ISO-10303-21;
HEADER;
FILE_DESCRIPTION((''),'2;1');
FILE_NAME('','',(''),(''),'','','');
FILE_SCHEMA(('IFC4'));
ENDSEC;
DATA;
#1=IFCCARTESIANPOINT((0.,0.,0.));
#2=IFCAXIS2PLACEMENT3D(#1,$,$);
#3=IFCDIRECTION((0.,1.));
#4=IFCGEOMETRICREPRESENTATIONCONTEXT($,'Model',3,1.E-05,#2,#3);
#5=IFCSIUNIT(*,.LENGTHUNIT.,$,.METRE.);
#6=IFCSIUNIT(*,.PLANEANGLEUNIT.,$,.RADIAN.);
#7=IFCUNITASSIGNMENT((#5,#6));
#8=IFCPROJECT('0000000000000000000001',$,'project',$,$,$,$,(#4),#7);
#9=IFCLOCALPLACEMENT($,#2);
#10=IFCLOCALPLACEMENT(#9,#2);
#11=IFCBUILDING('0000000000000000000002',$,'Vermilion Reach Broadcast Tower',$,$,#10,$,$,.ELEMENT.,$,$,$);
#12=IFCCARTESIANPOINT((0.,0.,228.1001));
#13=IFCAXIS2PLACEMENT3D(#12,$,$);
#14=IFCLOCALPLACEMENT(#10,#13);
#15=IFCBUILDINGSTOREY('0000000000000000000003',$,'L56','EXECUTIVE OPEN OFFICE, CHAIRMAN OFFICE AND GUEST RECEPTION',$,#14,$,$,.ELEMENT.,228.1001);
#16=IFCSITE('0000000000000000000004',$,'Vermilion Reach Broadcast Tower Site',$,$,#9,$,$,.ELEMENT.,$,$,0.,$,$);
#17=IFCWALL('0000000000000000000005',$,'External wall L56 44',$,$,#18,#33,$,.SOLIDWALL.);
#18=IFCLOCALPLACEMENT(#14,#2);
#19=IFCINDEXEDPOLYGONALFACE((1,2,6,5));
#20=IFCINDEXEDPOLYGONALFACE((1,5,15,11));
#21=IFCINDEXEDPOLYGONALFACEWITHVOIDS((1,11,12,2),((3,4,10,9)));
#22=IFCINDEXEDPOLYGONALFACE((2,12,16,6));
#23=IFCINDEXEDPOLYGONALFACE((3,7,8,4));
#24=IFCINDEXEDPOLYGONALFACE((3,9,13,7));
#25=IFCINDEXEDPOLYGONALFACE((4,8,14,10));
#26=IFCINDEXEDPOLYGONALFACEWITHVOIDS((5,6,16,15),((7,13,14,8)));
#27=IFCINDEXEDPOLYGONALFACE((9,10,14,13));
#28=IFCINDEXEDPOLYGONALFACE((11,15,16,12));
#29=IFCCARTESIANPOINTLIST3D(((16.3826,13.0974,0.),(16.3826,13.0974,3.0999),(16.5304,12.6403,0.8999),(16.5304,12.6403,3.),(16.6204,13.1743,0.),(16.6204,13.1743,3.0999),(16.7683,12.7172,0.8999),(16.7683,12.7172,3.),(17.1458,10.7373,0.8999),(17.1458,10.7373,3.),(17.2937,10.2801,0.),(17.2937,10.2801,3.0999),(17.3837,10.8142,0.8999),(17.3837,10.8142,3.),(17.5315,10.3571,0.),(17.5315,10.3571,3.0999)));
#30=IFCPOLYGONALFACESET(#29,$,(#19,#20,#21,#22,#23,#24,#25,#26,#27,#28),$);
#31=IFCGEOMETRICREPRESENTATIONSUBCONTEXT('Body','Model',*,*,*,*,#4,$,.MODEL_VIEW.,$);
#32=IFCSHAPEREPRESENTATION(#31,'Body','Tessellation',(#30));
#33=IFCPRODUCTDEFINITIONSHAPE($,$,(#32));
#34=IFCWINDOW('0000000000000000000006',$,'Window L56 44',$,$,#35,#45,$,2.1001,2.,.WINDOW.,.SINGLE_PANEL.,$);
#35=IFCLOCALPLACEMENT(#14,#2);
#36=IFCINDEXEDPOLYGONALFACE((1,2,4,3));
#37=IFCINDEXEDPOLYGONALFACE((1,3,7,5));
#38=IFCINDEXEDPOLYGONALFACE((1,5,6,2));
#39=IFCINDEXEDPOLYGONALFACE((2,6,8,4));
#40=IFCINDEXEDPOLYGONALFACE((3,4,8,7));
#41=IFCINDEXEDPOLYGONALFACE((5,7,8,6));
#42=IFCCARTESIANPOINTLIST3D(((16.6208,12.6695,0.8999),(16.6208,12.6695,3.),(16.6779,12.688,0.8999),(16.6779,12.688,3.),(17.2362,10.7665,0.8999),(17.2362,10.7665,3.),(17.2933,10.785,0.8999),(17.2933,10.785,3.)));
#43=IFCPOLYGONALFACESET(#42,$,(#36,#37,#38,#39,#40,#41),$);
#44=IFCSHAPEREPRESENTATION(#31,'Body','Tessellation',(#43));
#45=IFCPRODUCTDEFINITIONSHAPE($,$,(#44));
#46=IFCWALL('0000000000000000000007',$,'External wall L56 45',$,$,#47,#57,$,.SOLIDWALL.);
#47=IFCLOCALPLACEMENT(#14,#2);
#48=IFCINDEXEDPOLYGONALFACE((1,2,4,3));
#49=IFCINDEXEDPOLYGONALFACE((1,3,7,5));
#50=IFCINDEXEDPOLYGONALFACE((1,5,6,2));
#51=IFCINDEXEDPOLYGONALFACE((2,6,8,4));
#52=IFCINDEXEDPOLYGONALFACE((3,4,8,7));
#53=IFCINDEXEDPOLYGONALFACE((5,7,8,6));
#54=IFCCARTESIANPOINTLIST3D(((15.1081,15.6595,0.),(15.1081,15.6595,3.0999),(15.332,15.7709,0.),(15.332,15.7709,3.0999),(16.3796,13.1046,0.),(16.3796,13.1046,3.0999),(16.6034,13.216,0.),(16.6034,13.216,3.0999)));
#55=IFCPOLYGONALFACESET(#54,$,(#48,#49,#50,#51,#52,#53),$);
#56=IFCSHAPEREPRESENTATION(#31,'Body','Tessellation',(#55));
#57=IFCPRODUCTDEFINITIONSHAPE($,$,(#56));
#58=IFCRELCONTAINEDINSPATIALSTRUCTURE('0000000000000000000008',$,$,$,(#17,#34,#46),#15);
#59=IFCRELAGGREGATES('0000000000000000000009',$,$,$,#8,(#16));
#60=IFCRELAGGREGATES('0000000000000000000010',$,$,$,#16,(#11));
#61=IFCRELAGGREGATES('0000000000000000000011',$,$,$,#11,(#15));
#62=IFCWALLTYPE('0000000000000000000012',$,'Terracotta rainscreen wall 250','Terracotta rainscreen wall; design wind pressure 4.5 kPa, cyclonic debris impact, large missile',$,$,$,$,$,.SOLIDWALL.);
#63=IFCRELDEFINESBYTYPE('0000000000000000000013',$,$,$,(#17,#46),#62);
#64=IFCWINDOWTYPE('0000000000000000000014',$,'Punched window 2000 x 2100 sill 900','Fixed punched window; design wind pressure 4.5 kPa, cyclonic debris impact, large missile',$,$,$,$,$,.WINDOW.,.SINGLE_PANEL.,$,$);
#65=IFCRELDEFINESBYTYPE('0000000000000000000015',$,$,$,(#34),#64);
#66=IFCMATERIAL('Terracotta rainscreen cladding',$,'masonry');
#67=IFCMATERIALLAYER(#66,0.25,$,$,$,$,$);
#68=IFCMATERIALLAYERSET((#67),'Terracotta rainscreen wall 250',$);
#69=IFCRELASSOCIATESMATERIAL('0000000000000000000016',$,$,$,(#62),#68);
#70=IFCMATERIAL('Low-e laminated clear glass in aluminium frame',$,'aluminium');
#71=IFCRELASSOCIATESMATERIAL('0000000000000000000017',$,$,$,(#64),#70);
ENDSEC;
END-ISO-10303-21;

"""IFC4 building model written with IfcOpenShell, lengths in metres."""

from ifc_helpers import new_model, si_unit, direction, frame, frame_2d, origin, place, context, subcontext, project, spatial, rectangle, extrude, material, layer, layer_set, type_object, element, fill, save


model = new_model("IFC4")

# Units and contexts
model_context = context("Model", 3, precision=1e-05, world=origin(), true_north=direction((0.0, 1.0)))
body_context = subcontext(model_context, "Body", "Model", "MODEL_VIEW")
ifc_project = project(units=[si_unit("LENGTHUNIT", "METRE"), si_unit("PLANEANGLEUNIT", "RADIAN")], contexts=[model_context])

# Site, building, storey
site_placement = place(None, origin())
site = spatial("IfcSite", under=ifc_project, at=site_placement, Name="Vermilion Reach Broadcast Tower Site", CompositionType="ELEMENT", RefElevation=0.0)
building_placement = place(site_placement, origin())
building = spatial("IfcBuilding", under=site, at=building_placement, Name="Vermilion Reach Broadcast Tower", CompositionType="ELEMENT")
storey_placement = place(building_placement, frame((0.0, 0.0, 228.1001)))
storey = spatial("IfcBuildingStorey", under=building, at=storey_placement, Name="L56", Description="EXECUTIVE OPEN OFFICE, CHAIRMAN OFFICE AND GUEST RECEPTION", CompositionType="ELEMENT", Elevation=228.1001)

# Shared definitions
ifc_material_1 = material(Name="Terracotta rainscreen cladding", Category="masonry")
ifc_layer_1 = layer(ifc_material_1, 0.25)
ifc_layer_set_1 = layer_set([ifc_layer_1], Name="Terracotta rainscreen wall 250")
wall_type_1 = type_object("IfcWallType", Name="Terracotta rainscreen wall 250", Description="Terracotta rainscreen wall; design wind pressure 4.5 kPa, cyclonic debris impact, large missile", PredefinedType="SOLIDWALL", material=ifc_layer_set_1)
ifc_material_2 = material(Name="Low-e laminated clear glass in aluminium frame", Category="aluminium")
window_type = type_object("IfcWindowType", Name="Punched window 2000 x 2100 sill 900", Description="Fixed punched window; design wind pressure 4.5 kPa, cyclonic debris impact, large missile", PartitioningType="SINGLE_PANEL", PredefinedType="WINDOW", material=ifc_material_2)

# Wall, opening, window
wall_1_placement = place(storey_placement, frame((17.4126, 10.3186, 0.0), z_axis=(0.0, 0.0, 1.0), x_axis=(-0.307706, 0.951481, 0.0)))
wall_1 = element("IfcWall", 1, at=wall_1_placement, inside=storey, type_object=wall_type_1, Name="External wall L56 44", PredefinedType="SOLIDWALL", context=body_context, shape_type="SweptSolid", body=[
    extrude(rectangle(XDim=2.9609, YDim=0.25, at=frame_2d((1.4805, 0.0))), origin(), (0.0, 0.0, 1.0), 3.0999),
])
opening_1_placement = place(wall_1_placement, frame((0.4805, 0.0, 0.8999)))
opening_1 = element("IfcOpeningElement", 2, at=opening_1_placement, cuts=wall_1, PredefinedType="OPENING", context=body_context, shape_type="SweptSolid", body=[
    extrude(rectangle(XDim=2.0, YDim=2.1001, at=frame_2d((1.0, 1.05))), frame((0.0, 0.135, 0.0), z_axis=(0.0, -1.0, 0.0), x_axis=(1.0, 0.0, 0.0)), (0.0, 0.0, 1.0), 0.27),
])
window_1_placement = place(opening_1_placement, origin())
window_1 = element("IfcWindow", 3, at=window_1_placement, inside=storey, type_object=window_type, Name="Window L56 44", OverallHeight=2.1001, OverallWidth=2.0, PartitioningType="SINGLE_PANEL", PredefinedType="WINDOW", context=body_context, shape_type="SweptSolid", body=[
    extrude(rectangle(XDim=2.0, YDim=2.1001, at=frame_2d((1.0, 1.05))), frame((0.0, 0.03, 0.0), z_axis=(0.0, -1.0, 0.0), x_axis=(1.0, 0.0, 0.0)), (0.0, 0.0, 1.0), 0.0601),
])
fill(opening_1, window_1)

# Wall
wall_2_placement = place(storey_placement, frame((16.4915, 13.1604, 0.0), z_axis=(0.0, 0.0, 1.0), x_axis=(-0.445536, 0.895264, 0.0)))
element("IfcWall", 4, at=wall_2_placement, inside=storey, type_object=wall_type_1, Name="External wall L56 45", PredefinedType="SOLIDWALL", context=body_context, shape_type="SweptSolid", body=[
    extrude(rectangle(XDim=2.8538, YDim=0.25, at=frame_2d((1.4268, 0.0))), origin(), (0.0, 0.0, 1.0), 3.0999),
])

save(model, "model.ifc")
